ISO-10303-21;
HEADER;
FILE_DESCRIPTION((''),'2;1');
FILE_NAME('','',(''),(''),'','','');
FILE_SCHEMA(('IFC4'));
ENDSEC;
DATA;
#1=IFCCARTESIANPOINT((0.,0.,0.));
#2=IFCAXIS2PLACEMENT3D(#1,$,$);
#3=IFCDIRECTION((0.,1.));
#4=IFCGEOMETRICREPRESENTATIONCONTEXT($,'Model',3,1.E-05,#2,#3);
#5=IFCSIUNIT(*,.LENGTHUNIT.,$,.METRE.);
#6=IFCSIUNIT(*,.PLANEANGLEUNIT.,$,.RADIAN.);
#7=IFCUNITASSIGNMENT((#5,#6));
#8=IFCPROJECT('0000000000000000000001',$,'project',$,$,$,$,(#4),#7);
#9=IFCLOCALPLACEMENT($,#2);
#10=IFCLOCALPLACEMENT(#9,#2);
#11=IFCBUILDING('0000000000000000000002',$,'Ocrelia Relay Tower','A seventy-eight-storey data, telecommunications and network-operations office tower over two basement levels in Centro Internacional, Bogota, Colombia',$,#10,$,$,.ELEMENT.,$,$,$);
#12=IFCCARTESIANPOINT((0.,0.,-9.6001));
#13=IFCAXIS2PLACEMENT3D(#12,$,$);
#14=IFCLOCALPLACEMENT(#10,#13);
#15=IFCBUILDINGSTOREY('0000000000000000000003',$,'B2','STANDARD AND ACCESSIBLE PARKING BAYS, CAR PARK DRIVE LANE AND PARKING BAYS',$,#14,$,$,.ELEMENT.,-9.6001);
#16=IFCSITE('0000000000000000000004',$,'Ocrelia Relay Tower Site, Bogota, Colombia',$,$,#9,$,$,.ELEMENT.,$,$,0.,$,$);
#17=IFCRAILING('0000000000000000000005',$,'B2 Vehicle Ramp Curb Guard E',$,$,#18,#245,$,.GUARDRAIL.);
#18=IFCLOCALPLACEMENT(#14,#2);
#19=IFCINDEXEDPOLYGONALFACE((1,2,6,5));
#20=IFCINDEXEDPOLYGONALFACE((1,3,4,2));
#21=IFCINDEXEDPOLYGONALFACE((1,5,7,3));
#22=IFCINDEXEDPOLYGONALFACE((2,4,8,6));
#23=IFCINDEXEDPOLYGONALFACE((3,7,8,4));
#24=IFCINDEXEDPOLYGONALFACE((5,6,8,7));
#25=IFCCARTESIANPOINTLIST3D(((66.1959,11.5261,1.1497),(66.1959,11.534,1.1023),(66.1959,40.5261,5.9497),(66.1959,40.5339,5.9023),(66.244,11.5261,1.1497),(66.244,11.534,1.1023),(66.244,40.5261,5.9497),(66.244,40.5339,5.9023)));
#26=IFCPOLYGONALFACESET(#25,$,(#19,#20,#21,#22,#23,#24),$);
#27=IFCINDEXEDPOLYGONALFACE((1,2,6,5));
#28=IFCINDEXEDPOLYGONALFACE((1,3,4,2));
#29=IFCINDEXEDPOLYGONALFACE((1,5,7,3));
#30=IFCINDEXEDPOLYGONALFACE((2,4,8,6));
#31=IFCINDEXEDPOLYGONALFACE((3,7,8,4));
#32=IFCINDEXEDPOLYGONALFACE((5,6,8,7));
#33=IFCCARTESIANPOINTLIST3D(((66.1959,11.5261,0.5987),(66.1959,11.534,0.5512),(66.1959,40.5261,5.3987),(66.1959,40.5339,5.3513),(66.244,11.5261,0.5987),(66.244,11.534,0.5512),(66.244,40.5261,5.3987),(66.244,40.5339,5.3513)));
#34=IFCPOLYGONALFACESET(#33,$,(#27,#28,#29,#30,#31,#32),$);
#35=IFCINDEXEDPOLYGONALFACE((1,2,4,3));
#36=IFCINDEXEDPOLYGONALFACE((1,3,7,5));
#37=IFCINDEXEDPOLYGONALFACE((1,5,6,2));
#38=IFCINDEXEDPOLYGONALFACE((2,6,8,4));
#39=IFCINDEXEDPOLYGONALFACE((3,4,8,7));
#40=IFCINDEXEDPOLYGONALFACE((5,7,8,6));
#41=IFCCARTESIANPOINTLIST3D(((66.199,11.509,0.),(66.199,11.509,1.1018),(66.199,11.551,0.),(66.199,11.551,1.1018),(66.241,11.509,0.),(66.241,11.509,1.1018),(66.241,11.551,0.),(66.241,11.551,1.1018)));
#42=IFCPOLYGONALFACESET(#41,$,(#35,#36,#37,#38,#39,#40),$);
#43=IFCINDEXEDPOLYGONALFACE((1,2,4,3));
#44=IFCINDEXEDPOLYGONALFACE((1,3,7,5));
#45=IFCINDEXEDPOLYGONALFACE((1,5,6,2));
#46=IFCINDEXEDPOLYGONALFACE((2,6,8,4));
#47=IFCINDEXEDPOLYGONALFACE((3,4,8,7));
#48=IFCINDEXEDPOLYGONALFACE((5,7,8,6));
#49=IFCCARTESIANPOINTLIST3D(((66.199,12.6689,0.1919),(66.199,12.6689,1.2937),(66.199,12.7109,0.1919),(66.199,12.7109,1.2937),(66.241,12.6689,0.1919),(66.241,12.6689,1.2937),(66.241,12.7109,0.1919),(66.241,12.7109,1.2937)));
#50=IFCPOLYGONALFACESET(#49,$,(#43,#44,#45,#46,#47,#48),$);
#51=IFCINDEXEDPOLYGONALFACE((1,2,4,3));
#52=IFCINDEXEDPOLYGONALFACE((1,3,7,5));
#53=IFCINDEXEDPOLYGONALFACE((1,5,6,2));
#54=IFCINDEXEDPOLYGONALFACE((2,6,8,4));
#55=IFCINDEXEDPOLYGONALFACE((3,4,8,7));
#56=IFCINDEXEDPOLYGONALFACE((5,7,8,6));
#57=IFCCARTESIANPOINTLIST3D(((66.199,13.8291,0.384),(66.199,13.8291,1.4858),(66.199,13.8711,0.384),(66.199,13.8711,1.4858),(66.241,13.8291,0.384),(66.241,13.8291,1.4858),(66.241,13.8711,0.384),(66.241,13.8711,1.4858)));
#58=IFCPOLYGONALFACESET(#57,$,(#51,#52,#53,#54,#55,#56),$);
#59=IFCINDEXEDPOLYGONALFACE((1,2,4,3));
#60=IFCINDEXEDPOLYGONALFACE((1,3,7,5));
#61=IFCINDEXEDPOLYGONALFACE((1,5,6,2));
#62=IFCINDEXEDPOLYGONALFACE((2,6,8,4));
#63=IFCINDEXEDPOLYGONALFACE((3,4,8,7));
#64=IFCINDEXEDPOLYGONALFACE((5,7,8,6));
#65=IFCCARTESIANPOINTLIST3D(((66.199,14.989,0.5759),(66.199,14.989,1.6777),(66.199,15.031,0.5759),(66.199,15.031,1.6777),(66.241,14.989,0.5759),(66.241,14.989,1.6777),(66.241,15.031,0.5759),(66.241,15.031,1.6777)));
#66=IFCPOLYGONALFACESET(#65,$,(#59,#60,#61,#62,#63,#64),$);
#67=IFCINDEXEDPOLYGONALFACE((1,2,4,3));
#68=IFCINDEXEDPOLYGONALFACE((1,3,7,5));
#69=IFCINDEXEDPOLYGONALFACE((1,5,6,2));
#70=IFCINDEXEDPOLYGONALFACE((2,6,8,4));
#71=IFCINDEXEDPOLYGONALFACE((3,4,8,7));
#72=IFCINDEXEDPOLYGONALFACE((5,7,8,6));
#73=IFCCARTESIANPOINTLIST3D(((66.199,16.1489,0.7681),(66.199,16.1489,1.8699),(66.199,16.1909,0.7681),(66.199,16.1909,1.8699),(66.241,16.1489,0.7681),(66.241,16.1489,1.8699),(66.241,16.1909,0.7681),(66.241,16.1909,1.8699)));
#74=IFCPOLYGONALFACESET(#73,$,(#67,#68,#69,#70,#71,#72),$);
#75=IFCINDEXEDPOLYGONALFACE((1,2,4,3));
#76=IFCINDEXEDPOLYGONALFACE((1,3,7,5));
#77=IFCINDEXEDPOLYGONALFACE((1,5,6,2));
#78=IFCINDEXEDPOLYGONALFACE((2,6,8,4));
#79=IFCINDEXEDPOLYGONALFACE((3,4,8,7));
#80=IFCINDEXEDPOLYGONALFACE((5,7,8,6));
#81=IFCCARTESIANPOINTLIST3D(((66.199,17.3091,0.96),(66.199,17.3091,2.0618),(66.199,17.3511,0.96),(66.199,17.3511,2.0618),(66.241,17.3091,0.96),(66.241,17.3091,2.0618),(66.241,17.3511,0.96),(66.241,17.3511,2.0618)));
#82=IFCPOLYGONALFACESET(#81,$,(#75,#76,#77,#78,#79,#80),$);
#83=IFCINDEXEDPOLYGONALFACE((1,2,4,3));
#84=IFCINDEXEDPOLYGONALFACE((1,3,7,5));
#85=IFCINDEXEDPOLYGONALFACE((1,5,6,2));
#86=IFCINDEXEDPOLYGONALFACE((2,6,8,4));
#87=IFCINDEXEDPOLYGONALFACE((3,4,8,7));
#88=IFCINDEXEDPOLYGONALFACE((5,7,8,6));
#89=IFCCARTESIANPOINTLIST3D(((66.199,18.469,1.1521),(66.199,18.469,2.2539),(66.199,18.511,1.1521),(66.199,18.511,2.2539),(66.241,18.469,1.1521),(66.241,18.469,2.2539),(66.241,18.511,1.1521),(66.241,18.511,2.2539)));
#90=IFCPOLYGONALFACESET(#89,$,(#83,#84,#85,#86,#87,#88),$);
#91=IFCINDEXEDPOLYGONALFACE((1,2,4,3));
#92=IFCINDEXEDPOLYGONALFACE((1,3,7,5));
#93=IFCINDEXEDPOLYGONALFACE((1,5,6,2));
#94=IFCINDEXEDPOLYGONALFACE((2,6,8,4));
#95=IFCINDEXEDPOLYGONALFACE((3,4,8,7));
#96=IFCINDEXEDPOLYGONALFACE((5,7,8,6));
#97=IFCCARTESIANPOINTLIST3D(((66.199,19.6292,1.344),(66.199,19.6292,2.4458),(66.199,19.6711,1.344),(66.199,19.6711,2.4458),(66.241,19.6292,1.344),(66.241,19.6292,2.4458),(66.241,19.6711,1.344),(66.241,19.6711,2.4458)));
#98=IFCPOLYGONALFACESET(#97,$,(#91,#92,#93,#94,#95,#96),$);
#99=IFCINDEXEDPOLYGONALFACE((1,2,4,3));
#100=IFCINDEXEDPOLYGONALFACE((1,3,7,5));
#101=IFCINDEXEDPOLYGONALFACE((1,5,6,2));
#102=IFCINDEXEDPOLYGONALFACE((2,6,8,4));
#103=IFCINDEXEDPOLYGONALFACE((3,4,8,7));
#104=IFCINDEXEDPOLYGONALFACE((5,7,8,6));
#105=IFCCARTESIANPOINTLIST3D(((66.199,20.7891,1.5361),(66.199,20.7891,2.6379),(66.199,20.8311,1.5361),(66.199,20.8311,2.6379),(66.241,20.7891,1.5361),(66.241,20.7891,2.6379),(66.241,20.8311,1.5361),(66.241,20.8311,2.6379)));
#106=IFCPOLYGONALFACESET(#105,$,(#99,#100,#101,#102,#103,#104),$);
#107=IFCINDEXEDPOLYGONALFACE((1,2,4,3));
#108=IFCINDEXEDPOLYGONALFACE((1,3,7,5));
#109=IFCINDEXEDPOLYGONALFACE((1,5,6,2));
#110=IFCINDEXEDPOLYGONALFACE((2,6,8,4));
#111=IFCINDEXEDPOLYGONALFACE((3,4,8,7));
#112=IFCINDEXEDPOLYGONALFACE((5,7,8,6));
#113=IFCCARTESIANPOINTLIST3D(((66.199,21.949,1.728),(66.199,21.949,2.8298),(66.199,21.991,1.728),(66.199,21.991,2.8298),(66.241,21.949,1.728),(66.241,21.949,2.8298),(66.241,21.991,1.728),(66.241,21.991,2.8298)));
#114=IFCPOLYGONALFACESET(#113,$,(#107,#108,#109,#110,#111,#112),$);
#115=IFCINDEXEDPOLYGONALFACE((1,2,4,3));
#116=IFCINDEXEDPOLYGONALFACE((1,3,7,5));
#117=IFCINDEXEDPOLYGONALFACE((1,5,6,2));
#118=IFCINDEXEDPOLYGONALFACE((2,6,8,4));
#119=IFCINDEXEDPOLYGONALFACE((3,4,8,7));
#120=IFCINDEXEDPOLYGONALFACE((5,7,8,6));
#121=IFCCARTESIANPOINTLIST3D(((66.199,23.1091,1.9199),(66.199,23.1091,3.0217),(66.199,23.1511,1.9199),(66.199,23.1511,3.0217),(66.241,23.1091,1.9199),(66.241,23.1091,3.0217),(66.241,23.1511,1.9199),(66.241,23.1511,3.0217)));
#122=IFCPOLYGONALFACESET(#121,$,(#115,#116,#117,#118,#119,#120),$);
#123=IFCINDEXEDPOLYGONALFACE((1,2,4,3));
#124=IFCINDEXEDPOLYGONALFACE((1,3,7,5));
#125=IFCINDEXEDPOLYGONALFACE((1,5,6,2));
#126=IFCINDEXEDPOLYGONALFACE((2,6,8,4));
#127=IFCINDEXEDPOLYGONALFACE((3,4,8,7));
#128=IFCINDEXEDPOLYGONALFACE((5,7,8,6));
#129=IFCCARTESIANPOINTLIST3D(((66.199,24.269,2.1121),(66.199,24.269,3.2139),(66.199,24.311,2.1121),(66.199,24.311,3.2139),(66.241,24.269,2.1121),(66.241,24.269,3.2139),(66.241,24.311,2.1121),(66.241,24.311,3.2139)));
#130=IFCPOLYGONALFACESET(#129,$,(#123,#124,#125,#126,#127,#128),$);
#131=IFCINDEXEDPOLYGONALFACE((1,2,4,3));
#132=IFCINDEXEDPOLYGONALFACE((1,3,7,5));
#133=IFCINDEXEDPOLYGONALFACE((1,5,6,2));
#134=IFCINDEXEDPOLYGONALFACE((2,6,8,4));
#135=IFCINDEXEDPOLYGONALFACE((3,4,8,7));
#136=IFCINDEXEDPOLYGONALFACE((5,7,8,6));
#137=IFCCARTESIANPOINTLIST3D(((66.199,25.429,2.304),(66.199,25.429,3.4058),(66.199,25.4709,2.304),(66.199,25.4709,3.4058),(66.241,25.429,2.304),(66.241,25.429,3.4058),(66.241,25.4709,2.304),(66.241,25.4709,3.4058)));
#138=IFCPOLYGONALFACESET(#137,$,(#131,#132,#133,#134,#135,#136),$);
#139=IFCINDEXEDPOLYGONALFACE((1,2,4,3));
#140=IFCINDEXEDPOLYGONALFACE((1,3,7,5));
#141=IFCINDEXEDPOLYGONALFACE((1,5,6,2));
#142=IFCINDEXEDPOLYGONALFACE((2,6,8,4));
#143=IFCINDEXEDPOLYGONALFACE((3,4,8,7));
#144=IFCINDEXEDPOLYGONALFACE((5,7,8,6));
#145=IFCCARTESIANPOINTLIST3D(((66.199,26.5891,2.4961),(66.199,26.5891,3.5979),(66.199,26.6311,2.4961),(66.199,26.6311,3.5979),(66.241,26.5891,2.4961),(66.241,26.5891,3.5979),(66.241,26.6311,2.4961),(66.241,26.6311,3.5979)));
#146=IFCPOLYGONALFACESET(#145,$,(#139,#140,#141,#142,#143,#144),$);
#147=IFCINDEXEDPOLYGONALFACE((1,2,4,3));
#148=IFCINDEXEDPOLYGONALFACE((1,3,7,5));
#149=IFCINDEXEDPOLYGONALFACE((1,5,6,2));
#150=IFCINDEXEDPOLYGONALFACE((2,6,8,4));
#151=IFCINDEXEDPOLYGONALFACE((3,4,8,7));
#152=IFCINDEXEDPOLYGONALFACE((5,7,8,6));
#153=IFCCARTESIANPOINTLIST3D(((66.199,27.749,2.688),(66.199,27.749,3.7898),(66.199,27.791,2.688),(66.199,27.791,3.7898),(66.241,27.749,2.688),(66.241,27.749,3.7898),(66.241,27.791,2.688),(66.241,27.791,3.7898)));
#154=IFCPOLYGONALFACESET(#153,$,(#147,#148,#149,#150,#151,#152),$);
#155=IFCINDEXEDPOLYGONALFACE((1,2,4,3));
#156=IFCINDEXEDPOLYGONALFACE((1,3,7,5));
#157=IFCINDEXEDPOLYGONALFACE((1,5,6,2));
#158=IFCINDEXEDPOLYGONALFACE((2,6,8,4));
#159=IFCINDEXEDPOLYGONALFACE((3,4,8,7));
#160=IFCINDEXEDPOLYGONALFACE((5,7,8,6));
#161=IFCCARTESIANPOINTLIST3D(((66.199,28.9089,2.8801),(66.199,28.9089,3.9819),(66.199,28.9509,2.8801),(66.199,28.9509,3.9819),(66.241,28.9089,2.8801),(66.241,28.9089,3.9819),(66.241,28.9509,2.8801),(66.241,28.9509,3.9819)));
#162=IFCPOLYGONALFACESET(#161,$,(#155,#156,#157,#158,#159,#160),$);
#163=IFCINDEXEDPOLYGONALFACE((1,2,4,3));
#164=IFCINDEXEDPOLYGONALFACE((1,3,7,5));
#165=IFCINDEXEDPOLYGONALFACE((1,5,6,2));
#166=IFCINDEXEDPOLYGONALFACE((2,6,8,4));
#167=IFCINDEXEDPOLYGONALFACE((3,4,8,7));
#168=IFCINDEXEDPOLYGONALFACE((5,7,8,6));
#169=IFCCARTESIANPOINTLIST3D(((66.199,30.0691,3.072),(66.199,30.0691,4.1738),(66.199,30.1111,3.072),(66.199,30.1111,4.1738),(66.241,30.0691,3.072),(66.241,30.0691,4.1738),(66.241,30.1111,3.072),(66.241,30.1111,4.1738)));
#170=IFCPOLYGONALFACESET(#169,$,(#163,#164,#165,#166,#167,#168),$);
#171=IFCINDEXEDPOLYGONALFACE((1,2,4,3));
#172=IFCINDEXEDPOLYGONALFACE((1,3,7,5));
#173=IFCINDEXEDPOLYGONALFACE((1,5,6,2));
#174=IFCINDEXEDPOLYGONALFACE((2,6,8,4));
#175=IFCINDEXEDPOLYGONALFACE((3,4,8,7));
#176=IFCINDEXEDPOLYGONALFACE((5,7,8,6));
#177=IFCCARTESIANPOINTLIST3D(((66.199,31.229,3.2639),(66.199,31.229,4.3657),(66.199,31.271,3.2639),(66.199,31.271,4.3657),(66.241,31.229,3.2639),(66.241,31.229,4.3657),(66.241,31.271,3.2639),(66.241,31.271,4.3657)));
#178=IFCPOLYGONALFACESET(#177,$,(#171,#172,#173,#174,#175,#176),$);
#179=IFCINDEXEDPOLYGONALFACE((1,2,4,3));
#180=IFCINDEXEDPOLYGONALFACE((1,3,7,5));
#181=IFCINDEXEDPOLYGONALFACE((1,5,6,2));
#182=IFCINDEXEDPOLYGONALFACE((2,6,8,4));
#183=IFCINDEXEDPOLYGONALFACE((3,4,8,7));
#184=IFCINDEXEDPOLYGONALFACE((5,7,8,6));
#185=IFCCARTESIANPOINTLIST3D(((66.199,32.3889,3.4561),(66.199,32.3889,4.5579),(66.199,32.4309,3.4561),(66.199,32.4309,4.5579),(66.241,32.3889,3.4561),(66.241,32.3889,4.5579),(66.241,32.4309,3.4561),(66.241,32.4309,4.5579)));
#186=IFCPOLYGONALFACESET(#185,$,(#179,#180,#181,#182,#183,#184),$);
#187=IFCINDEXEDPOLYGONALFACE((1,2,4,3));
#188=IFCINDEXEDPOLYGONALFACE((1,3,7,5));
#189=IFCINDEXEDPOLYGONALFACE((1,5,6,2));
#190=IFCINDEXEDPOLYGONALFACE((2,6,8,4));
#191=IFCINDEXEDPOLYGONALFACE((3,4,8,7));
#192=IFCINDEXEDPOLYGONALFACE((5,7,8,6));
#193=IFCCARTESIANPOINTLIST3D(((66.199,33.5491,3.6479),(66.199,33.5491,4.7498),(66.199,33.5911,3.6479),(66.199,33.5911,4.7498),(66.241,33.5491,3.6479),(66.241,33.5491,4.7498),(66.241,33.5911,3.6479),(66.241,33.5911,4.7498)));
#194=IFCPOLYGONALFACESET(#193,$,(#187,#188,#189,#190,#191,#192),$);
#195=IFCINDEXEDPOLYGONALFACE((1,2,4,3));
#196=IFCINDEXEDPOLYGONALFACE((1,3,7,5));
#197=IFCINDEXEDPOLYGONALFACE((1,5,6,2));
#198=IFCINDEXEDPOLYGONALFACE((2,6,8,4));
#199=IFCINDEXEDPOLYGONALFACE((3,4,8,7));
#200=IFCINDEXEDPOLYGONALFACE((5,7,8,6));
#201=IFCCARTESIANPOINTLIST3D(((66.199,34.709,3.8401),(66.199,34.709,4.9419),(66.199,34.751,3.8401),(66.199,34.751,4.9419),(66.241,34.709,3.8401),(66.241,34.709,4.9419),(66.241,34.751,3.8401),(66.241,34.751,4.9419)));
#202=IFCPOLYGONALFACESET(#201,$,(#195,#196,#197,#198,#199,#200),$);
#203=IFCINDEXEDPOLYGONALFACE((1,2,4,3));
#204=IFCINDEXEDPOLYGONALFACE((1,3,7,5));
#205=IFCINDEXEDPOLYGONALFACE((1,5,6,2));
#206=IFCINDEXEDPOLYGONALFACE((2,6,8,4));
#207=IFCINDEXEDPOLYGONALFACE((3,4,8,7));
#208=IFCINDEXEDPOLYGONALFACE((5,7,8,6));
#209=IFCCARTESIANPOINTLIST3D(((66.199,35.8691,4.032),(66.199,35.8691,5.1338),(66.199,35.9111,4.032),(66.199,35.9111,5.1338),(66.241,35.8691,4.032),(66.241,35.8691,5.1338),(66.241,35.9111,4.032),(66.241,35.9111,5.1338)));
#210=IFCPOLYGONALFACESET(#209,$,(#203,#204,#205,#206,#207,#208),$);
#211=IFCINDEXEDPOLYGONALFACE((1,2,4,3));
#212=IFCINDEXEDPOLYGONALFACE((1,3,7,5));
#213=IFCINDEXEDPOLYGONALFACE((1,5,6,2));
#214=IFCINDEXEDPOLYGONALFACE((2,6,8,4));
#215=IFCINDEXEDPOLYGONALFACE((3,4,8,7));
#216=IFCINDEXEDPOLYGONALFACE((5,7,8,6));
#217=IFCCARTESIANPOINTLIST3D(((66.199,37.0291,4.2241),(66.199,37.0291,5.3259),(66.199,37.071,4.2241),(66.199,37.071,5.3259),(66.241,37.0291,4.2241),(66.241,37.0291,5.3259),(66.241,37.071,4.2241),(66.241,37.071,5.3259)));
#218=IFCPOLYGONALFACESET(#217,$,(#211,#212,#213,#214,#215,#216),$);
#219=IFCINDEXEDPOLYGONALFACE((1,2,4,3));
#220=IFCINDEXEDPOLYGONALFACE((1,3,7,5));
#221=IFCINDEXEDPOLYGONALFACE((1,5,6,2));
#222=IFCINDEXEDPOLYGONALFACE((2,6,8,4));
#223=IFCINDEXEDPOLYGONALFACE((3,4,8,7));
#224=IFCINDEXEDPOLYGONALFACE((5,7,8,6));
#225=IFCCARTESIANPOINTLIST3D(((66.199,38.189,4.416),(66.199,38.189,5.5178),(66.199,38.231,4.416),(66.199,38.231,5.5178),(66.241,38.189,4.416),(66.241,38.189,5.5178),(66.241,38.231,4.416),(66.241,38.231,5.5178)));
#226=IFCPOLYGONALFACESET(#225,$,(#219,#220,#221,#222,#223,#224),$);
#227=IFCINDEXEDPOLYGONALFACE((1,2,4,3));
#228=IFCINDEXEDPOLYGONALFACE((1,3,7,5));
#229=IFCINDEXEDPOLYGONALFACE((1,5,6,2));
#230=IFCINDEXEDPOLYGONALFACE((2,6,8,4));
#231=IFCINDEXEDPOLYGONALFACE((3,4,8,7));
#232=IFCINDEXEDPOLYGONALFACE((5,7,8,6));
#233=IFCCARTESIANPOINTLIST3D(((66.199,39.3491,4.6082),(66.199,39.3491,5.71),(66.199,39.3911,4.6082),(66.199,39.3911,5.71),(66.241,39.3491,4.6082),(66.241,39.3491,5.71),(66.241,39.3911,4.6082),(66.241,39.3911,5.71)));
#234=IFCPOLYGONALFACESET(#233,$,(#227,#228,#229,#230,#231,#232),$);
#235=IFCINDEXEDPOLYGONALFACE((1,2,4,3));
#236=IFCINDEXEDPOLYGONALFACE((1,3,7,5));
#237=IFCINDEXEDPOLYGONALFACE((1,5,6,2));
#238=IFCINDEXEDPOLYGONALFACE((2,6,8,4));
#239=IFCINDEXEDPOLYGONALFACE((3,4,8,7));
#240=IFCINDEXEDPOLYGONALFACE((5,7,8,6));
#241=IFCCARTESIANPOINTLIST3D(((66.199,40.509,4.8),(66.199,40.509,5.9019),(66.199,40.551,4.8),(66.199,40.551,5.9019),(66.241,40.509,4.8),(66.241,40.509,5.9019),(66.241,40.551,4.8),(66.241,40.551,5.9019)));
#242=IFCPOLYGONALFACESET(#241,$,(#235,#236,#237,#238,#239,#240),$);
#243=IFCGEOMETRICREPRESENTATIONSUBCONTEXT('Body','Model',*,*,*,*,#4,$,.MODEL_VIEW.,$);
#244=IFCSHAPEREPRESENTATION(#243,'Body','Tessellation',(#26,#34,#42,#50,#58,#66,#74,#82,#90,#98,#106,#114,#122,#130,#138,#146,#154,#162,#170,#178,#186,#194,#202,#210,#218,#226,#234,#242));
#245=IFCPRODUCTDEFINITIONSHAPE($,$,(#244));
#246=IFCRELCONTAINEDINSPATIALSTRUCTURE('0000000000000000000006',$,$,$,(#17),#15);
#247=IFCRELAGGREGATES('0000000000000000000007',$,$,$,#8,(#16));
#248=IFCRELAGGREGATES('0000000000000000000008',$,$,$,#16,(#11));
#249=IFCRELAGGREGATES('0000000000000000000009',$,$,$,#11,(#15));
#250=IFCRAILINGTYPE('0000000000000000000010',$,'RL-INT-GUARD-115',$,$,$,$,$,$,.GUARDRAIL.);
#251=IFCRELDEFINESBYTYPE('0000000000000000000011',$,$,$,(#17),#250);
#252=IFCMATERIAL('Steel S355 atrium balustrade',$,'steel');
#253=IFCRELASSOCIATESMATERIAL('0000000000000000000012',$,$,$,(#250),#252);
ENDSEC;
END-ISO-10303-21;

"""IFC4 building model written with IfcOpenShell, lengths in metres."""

from ifc_helpers import new_model, si_unit, direction, frame, origin, origin_2d, place, context, subcontext, project, spatial, rectangle, extrude, material, type_object, element, save


model = new_model("IFC4")

# Units and contexts
model_context = context("Model", 3, precision=1e-05, world=origin(), true_north=direction((0.0, 1.0)))
body_context = subcontext(model_context, "Body", "Model", "MODEL_VIEW")
ifc_project = project(units=[si_unit("LENGTHUNIT", "METRE"), si_unit("PLANEANGLEUNIT", "RADIAN")], contexts=[model_context])

# Site, building, storey
site_placement = place(None, origin())
site = spatial("IfcSite", under=ifc_project, at=site_placement, Name="Ocrelia Relay Tower Site, Bogota, Colombia", CompositionType="ELEMENT", RefElevation=0.0)
building_placement = place(site_placement, origin())
building = spatial("IfcBuilding", under=site, at=building_placement, Name="Ocrelia Relay Tower", Description="A seventy-eight-storey data, telecommunications and network-operations office tower over two basement levels in Centro Internacional, Bogota, Colombia", CompositionType="ELEMENT")
storey_placement = place(building_placement, frame((0.0, 0.0, -9.6001)))
storey = spatial("IfcBuildingStorey", under=building, at=storey_placement, Name="B2", Description="STANDARD AND ACCESSIBLE PARKING BAYS, CAR PARK DRIVE LANE AND PARKING BAYS", CompositionType="ELEMENT", Elevation=-9.6001)

# Railing
ifc_material_1 = material(Name="Steel S355 atrium balustrade", Category="steel")
railing_type = type_object("IfcRailingType", Name="RL-INT-GUARD-115", PredefinedType="GUARDRAIL", material=ifc_material_1)
railing_1_placement = place(storey_placement, frame((66.22, 11.53, 0.0)))
element("IfcRailing", 1, at=railing_1_placement, inside=storey, type_object=railing_type, Name="B2 Vehicle Ramp Curb Guard E", PredefinedType="GUARDRAIL", context=body_context, shape_type="SweptSolid", body=[
    extrude(rectangle(XDim=0.0481, YDim=0.0481, at=origin_2d()), frame((0.0, 0.0, 1.126), z_axis=(0.0, 0.986577, 0.163297), x_axis=(-1.0, 0.0, 0.0)), (0.0, 0.0, 1.0), 29.3945),
    extrude(rectangle(XDim=0.0481, YDim=0.0481, at=origin_2d()), frame((0.0, 0.0, 0.575), z_axis=(0.0, 0.986577, 0.163297), x_axis=(-1.0, 0.0, 0.0)), (0.0, 0.0, 1.0), 29.3945),
    extrude(rectangle(XDim=0.042, YDim=0.042, at=origin_2d()), origin(), (0.0, 0.0, 1.0), 1.1018),
    extrude(rectangle(XDim=0.042, YDim=0.042, at=origin_2d()), frame((0.0, 1.1599, 0.1919)), (0.0, 0.0, 1.0), 1.1018),
    extrude(rectangle(XDim=0.042, YDim=0.042, at=origin_2d()), frame((0.0, 2.3201, 0.384)), (0.0, 0.0, 1.0), 1.1018),
    extrude(rectangle(XDim=0.042, YDim=0.042, at=origin_2d()), frame((0.0, 3.48, 0.5759)), (0.0, 0.0, 1.0), 1.1018),
    extrude(rectangle(XDim=0.042, YDim=0.042, at=origin_2d()), frame((0.0, 4.6399, 0.7681)), (0.0, 0.0, 1.0), 1.1018),
    extrude(rectangle(XDim=0.042, YDim=0.042, at=origin_2d()), frame((0.0, 5.8, 0.96)), (0.0, 0.0, 1.0), 1.1018),
    extrude(rectangle(XDim=0.042, YDim=0.042, at=origin_2d()), frame((0.0, 6.96, 1.1521)), (0.0, 0.0, 1.0), 1.1018),
    extrude(rectangle(XDim=0.042, YDim=0.042, at=origin_2d()), frame((0.0, 8.1201, 1.344)), (0.0, 0.0, 1.0), 1.1018),
    extrude(rectangle(XDim=0.042, YDim=0.042, at=origin_2d()), frame((0.0, 9.28, 1.5361)), (0.0, 0.0, 1.0), 1.1018),
    extrude(rectangle(XDim=0.042, YDim=0.042, at=origin_2d()), frame((0.0, 10.4399, 1.728)), (0.0, 0.0, 1.0), 1.1018),
    extrude(rectangle(XDim=0.042, YDim=0.042, at=origin_2d()), frame((0.0, 11.6001, 1.9199)), (0.0, 0.0, 1.0), 1.1018),
    extrude(rectangle(XDim=0.042, YDim=0.042, at=origin_2d()), frame((0.0, 12.76, 2.1121)), (0.0, 0.0, 1.0), 1.1018),
    extrude(rectangle(XDim=0.042, YDim=0.042, at=origin_2d()), frame((0.0, 13.9199, 2.304)), (0.0, 0.0, 1.0), 1.1018),
    extrude(rectangle(XDim=0.042, YDim=0.042, at=origin_2d()), frame((0.0, 15.0801, 2.4961)), (0.0, 0.0, 1.0), 1.1018),
    extrude(rectangle(XDim=0.042, YDim=0.042, at=origin_2d()), frame((0.0, 16.24, 2.688)), (0.0, 0.0, 1.0), 1.1018),
    extrude(rectangle(XDim=0.042, YDim=0.042, at=origin_2d()), frame((0.0, 17.3999, 2.8801)), (0.0, 0.0, 1.0), 1.1018),
    extrude(rectangle(XDim=0.042, YDim=0.042, at=origin_2d()), frame((0.0, 18.5601, 3.072)), (0.0, 0.0, 1.0), 1.1018),
    extrude(rectangle(XDim=0.042, YDim=0.042, at=origin_2d()), frame((0.0, 19.72, 3.2639)), (0.0, 0.0, 1.0), 1.1018),
    extrude(rectangle(XDim=0.042, YDim=0.042, at=origin_2d()), frame((0.0, 20.8799, 3.4561)), (0.0, 0.0, 1.0), 1.1018),
    extrude(rectangle(XDim=0.042, YDim=0.042, at=origin_2d()), frame((0.0, 22.04, 3.6479)), (0.0, 0.0, 1.0), 1.1018),
    extrude(rectangle(XDim=0.042, YDim=0.042, at=origin_2d()), frame((0.0, 23.2, 3.8401)), (0.0, 0.0, 1.0), 1.1018),
    extrude(rectangle(XDim=0.042, YDim=0.042, at=origin_2d()), frame((0.0, 24.3601, 4.032)), (0.0, 0.0, 1.0), 1.1018),
    extrude(rectangle(XDim=0.042, YDim=0.042, at=origin_2d()), frame((0.0, 25.52, 4.2241)), (0.0, 0.0, 1.0), 1.1018),
    extrude(rectangle(XDim=0.042, YDim=0.042, at=origin_2d()), frame((0.0, 26.6799, 4.416)), (0.0, 0.0, 1.0), 1.1018),
    extrude(rectangle(XDim=0.042, YDim=0.042, at=origin_2d()), frame((0.0, 27.8401, 4.6082)), (0.0, 0.0, 1.0), 1.1018),
    extrude(rectangle(XDim=0.042, YDim=0.042, at=origin_2d()), frame((0.0, 29.0, 4.8)), (0.0, 0.0, 1.0), 1.1018),
])

save(model, "model.ifc")
